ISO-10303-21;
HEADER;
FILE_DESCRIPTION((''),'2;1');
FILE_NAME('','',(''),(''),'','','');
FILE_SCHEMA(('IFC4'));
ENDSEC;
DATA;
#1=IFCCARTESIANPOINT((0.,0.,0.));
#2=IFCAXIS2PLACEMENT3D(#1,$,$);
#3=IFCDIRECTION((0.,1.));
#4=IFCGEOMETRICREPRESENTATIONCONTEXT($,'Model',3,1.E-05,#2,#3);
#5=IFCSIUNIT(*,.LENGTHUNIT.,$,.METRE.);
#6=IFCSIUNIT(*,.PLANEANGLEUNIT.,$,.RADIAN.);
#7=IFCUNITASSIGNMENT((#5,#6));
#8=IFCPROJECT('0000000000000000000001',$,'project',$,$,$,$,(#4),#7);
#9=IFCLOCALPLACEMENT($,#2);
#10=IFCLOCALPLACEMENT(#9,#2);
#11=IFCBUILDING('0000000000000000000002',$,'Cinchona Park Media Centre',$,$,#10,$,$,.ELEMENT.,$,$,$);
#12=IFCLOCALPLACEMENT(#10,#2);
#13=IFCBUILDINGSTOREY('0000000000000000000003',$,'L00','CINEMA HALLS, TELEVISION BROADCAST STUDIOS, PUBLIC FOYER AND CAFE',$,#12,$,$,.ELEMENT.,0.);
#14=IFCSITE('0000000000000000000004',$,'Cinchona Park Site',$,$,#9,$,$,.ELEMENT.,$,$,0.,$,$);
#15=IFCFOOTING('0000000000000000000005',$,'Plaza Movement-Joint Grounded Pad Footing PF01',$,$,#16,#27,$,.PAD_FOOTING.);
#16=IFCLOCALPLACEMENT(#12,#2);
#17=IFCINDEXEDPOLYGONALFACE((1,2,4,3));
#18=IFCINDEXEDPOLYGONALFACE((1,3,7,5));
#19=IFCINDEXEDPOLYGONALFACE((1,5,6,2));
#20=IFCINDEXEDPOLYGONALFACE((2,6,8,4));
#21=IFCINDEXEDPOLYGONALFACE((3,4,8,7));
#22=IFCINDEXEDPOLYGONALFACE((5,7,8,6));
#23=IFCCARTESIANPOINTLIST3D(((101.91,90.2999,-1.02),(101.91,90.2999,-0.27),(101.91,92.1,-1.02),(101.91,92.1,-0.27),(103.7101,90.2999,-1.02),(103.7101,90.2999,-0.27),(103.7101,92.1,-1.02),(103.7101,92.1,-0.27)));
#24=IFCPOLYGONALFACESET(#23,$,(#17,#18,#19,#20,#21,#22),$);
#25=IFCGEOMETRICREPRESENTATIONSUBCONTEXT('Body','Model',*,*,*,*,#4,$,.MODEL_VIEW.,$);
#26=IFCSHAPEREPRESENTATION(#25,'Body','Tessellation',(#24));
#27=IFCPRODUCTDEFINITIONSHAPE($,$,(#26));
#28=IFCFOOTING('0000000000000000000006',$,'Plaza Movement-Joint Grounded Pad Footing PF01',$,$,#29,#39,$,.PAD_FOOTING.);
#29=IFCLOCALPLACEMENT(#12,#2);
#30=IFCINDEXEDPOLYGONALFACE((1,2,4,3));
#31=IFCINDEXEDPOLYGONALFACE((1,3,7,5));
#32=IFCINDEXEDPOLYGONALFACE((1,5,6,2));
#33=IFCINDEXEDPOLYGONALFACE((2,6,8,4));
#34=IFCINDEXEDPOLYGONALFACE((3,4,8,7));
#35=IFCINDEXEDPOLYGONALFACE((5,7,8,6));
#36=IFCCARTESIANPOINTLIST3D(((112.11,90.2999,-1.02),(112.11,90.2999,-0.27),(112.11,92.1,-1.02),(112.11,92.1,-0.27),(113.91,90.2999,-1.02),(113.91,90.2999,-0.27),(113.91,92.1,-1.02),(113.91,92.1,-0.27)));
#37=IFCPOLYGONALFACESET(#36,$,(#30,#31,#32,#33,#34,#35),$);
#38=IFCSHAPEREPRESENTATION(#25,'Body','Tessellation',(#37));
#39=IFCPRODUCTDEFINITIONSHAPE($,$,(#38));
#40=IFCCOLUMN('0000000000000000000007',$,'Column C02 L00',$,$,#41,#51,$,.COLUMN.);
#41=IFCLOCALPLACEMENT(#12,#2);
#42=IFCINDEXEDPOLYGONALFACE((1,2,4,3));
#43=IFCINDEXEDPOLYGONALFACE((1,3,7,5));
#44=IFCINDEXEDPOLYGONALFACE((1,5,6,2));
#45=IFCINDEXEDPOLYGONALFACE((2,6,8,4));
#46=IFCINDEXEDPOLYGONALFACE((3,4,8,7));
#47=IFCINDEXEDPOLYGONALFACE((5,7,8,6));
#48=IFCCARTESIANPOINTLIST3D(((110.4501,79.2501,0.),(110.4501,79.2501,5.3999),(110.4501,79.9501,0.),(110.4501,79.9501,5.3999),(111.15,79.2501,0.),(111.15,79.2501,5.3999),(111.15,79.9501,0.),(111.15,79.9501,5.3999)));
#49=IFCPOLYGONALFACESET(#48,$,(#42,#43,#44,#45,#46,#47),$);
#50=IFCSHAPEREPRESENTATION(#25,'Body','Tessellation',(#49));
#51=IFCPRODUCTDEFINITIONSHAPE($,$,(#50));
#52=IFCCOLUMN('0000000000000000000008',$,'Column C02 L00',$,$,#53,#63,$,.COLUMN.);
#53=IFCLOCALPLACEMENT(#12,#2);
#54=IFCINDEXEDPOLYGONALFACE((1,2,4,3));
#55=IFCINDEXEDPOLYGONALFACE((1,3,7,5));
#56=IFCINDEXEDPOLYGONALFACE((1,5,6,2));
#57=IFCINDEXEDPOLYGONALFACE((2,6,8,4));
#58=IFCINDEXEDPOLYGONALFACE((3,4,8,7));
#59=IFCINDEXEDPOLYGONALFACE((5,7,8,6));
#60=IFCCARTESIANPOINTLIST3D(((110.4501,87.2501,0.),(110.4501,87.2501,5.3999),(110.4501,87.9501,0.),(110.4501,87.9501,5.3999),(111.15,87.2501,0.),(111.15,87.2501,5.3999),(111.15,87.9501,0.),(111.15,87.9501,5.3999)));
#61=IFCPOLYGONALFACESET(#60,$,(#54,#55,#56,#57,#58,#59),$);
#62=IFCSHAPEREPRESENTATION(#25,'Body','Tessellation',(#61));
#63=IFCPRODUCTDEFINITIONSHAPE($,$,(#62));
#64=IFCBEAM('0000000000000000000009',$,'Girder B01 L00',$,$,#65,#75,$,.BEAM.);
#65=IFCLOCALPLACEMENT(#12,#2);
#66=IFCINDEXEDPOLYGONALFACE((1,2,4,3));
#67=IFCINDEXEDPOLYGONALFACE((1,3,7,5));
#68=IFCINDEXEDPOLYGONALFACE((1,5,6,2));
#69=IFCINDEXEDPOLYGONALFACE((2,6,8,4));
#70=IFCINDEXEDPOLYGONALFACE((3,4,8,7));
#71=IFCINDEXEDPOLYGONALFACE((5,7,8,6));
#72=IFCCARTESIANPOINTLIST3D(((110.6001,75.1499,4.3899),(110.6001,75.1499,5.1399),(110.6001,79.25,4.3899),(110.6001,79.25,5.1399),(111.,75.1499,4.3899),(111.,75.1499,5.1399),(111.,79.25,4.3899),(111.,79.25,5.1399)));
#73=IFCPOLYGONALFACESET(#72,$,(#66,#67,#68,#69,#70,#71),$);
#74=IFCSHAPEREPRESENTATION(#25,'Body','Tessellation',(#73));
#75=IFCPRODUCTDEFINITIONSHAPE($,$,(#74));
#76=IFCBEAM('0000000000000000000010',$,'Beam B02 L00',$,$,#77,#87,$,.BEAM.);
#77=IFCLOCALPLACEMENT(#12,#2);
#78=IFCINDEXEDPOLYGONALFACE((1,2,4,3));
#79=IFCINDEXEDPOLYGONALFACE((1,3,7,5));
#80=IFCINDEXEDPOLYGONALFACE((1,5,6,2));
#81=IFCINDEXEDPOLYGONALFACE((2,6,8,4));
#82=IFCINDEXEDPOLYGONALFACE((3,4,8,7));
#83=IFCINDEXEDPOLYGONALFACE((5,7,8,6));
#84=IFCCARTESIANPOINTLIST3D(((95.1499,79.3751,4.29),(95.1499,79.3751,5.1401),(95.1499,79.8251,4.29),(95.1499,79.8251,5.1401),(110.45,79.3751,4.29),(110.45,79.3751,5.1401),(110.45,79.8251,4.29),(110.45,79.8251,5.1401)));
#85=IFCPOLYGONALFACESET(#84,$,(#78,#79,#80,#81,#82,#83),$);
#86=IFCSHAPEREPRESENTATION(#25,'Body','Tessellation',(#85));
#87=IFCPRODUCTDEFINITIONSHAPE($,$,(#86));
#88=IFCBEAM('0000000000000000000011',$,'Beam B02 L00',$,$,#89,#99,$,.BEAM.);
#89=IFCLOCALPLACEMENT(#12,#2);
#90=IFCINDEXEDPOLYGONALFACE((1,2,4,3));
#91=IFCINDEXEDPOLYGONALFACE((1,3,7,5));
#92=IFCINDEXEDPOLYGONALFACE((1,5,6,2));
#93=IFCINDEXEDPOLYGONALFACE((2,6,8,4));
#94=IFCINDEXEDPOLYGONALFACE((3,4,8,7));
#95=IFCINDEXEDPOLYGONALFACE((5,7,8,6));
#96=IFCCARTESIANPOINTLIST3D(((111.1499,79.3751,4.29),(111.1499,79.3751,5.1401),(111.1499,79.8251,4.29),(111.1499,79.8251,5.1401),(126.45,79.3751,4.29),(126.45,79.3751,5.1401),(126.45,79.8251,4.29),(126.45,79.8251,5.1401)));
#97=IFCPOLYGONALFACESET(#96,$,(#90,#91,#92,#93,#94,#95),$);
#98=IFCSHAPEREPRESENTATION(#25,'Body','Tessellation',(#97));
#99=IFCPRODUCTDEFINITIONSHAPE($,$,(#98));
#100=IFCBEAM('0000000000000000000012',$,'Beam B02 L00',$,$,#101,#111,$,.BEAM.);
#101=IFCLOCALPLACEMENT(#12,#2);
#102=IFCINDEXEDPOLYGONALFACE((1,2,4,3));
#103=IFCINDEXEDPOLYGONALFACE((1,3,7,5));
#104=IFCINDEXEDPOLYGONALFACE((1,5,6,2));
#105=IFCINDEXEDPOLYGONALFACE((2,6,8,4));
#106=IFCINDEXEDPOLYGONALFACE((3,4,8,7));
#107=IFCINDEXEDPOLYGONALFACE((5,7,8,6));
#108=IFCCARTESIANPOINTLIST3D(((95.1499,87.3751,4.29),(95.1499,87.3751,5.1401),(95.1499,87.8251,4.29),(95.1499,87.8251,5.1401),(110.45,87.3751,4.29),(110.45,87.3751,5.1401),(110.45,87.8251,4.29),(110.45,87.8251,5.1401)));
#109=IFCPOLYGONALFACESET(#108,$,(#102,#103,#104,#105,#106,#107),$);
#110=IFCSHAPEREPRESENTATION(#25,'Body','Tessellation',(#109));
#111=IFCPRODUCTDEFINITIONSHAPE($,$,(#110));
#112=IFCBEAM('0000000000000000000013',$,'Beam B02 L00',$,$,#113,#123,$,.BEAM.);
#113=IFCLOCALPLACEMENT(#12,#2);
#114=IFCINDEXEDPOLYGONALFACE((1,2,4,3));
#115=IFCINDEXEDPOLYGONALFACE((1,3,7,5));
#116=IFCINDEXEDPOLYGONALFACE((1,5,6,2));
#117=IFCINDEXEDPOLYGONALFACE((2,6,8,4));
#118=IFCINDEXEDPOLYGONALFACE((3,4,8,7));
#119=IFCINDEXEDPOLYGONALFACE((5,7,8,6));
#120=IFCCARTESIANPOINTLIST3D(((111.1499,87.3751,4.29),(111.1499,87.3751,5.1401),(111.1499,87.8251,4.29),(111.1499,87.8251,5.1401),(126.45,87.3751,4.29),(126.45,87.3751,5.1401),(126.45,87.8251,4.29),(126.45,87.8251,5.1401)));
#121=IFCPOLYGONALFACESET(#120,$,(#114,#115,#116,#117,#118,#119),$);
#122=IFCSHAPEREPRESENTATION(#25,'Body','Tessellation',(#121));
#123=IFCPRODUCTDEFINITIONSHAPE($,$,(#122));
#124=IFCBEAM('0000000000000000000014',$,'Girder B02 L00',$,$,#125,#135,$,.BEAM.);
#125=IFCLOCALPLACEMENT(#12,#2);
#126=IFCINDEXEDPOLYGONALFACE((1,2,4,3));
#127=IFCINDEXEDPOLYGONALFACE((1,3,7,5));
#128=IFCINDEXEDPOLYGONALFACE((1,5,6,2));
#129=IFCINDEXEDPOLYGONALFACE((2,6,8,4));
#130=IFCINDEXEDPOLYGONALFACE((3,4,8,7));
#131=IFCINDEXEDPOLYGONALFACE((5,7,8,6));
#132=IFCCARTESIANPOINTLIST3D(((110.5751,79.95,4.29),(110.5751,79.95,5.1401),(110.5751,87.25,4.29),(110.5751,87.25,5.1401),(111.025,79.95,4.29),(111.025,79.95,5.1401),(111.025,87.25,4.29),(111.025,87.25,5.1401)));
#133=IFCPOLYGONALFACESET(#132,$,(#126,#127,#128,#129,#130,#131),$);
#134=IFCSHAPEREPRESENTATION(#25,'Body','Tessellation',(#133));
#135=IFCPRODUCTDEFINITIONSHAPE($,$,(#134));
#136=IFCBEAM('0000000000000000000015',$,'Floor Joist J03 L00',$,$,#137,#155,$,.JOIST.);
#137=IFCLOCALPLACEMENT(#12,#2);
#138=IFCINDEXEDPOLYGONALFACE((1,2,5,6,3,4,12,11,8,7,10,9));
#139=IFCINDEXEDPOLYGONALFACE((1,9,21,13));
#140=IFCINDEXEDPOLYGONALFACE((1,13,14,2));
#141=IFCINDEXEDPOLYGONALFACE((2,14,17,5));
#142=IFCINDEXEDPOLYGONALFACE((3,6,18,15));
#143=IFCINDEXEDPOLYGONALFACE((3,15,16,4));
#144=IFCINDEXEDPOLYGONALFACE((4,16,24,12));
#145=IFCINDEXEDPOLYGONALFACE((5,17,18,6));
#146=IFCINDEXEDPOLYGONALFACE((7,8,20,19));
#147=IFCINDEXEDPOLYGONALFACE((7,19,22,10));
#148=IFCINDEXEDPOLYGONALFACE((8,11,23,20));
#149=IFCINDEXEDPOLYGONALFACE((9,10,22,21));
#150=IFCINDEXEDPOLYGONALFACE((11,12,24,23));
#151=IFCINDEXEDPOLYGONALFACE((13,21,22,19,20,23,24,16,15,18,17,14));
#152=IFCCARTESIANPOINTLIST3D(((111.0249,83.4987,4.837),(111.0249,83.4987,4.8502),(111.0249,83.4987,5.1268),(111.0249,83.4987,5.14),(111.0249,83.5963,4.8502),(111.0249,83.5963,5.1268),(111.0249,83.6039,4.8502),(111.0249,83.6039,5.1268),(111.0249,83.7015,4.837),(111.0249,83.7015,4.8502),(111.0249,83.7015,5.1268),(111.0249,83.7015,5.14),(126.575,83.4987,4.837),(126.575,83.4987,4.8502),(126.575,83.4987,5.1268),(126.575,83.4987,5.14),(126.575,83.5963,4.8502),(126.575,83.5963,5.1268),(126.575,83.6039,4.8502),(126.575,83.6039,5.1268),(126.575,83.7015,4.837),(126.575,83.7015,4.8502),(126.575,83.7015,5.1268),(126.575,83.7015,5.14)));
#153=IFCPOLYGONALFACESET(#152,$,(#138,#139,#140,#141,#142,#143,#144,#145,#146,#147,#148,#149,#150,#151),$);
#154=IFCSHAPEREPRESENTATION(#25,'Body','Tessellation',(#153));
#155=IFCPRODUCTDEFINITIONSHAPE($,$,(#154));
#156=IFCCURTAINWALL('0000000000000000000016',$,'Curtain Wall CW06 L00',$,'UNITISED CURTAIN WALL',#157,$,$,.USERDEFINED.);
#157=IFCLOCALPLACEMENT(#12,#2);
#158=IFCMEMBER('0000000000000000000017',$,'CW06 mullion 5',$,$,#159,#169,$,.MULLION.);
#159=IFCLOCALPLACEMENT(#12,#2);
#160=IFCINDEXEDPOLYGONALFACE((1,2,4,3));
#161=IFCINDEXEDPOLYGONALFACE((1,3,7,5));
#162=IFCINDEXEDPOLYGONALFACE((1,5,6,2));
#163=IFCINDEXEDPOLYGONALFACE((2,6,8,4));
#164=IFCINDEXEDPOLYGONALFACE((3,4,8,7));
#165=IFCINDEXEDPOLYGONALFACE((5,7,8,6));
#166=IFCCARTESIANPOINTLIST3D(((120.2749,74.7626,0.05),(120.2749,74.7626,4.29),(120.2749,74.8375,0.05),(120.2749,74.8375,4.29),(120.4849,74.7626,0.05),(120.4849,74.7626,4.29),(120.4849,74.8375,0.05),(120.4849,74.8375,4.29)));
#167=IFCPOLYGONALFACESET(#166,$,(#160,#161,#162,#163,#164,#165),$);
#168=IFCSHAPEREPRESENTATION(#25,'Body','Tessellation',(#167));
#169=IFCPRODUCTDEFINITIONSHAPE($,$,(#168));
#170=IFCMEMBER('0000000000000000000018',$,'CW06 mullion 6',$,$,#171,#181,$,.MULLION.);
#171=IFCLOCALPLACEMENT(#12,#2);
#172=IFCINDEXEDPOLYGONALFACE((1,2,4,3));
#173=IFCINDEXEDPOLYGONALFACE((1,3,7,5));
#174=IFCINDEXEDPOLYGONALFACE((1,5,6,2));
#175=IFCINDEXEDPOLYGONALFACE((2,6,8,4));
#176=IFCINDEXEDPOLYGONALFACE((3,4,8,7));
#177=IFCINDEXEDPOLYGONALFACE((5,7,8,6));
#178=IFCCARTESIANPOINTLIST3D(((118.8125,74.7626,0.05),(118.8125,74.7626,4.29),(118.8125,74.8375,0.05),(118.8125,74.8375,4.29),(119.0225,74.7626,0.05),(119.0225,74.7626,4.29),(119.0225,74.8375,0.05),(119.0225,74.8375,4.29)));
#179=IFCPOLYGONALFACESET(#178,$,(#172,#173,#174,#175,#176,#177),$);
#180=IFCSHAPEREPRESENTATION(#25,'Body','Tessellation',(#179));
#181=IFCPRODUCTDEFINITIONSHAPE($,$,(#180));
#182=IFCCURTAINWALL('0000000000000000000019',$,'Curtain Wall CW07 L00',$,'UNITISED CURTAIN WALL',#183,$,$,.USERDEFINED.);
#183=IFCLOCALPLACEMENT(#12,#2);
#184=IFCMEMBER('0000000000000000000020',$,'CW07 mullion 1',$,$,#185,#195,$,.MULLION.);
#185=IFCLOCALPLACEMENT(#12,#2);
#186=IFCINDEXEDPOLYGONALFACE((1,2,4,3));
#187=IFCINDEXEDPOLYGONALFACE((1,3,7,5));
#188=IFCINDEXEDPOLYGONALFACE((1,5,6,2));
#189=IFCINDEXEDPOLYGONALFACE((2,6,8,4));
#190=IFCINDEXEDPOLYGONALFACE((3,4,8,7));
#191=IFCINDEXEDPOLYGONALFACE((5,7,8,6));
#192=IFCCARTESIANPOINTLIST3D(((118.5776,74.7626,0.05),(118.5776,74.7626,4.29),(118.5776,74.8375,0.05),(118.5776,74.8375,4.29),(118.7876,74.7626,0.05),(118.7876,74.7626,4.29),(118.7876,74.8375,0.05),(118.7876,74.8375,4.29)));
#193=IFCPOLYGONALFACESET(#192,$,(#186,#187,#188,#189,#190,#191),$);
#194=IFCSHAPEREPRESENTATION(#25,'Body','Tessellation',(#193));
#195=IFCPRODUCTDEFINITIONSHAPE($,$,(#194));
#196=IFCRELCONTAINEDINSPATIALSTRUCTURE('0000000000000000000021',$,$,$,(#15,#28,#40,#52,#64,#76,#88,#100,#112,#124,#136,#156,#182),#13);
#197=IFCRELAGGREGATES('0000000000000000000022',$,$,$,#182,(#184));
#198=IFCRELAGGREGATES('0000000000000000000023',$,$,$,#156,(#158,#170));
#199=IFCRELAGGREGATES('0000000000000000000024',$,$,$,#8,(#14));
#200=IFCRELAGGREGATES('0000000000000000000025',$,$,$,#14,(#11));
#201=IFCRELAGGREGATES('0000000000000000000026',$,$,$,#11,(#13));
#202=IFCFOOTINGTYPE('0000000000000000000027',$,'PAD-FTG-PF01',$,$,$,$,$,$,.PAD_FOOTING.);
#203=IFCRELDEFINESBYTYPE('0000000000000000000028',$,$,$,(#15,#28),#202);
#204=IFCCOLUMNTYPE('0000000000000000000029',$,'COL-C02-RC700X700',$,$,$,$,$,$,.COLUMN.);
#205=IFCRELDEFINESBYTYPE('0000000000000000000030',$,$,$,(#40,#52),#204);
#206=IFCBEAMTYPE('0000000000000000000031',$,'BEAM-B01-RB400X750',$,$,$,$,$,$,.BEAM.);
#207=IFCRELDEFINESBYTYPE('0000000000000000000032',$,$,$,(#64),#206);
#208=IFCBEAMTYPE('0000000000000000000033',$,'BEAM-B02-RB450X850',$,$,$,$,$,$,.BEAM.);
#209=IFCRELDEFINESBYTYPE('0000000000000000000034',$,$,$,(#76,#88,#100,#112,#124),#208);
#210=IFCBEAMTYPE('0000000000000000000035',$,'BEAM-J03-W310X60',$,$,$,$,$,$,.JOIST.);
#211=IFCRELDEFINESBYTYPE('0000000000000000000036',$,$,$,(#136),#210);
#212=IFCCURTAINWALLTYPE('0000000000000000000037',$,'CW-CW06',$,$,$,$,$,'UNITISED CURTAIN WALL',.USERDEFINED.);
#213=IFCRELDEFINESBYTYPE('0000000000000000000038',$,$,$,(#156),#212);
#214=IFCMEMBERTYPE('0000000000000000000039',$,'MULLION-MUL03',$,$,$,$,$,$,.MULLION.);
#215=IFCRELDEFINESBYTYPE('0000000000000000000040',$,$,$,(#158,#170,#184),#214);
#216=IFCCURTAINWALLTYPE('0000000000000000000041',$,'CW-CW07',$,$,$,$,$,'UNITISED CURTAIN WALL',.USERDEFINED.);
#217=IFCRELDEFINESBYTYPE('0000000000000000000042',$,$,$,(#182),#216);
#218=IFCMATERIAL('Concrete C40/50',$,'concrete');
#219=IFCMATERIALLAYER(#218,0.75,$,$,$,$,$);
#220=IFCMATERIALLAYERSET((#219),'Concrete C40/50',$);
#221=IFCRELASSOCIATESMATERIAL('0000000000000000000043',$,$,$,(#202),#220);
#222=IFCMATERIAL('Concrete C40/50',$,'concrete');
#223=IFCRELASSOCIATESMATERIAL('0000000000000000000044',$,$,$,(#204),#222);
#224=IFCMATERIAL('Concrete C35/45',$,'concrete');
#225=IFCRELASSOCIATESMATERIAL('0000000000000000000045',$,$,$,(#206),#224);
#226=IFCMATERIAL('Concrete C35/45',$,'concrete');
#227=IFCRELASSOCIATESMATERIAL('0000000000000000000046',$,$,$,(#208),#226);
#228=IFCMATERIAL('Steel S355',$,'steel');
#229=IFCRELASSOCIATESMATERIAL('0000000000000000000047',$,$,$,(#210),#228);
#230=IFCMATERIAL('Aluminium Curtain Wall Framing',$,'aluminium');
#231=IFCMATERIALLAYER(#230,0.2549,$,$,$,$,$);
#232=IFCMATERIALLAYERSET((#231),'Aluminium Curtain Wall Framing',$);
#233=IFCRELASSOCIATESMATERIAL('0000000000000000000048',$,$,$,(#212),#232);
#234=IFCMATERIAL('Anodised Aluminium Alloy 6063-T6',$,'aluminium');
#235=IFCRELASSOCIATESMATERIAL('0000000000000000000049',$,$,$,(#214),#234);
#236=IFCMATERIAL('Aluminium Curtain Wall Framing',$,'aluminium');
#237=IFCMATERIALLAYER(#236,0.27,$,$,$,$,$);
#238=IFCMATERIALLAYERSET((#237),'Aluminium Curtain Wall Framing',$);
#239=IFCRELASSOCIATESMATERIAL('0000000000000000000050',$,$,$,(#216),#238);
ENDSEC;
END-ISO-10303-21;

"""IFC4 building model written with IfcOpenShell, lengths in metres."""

from ifc_helpers import new_model, si_unit, direction, frame, origin, origin_2d, place, context, subcontext, project, spatial, rectangle, i_section, extrude, material, layer, layer_set, material_profile, profile_set, type_object, element, aggregate, save


model = new_model("IFC4")

# Units and contexts
model_context = context("Model", 3, precision=1e-05, world=origin(), true_north=direction((0.0, 1.0)))
body_context = subcontext(model_context, "Body", "Model", "MODEL_VIEW")
ifc_project = project(units=[si_unit("LENGTHUNIT", "METRE"), si_unit("PLANEANGLEUNIT", "RADIAN")], contexts=[model_context])

# Site, building, storey
site_placement = place(None, origin())
site = spatial("IfcSite", under=ifc_project, at=site_placement, Name="Cinchona Park Site", CompositionType="ELEMENT", RefElevation=0.0)
building_placement = place(site_placement, origin())
building = spatial("IfcBuilding", under=site, at=building_placement, Name="Cinchona Park Media Centre", CompositionType="ELEMENT")
storey_placement = place(building_placement, origin())
storey = spatial("IfcBuildingStorey", under=building, at=storey_placement, Name="L00", Description="CINEMA HALLS, TELEVISION BROADCAST STUDIOS, PUBLIC FOYER AND CAFE", CompositionType="ELEMENT", Elevation=0.0)

# Footings
ifc_material_1 = material(Name="Concrete C40/50", Category="concrete")
ifc_layer_1 = layer(ifc_material_1, 0.75)
ifc_layer_set_1 = layer_set([ifc_layer_1], Name="Concrete C40/50")
footing_type = type_object("IfcFootingType", Name="PAD-FTG-PF01", PredefinedType="PAD_FOOTING", material=ifc_layer_set_1)
for number, where, z_axis, x_axis, name in (
    (1, (102.8101, 91.2, -1.02), (0.0, 0.0, 1.0), (1.0, 0.0, 0.0), "Plaza Movement-Joint Grounded Pad Footing PF01"),
    (2, (113.01, 91.2, -1.02), (0.0, 0.0, 1.0), (1.0, 0.0, 0.0), "Plaza Movement-Joint Grounded Pad Footing PF01"),
):
    element("IfcFooting", number, at=place(storey_placement, frame(where, z_axis=z_axis, x_axis=x_axis)), inside=storey, type_object=footing_type, Name=name, PredefinedType="PAD_FOOTING", context=body_context, shape_type="SweptSolid", body=[
        extrude(rectangle(XDim=1.8, YDim=1.8, at=origin_2d()), origin(), (0.0, 0.0, 1.0), 0.75),
    ])

# Columns
ifc_material_2 = material(Name="Concrete C40/50", Category="concrete")
ifc_material_profile_1 = material_profile(ifc_material_2, rectangle(XDim=0.7, YDim=0.7, at=origin_2d()), Name="RC 700X700")
ifc_profile_set_1 = profile_set([ifc_material_profile_1], Name="Concrete C40/50")
column_type = type_object("IfcColumnType", Name="COL-C02-RC700X700", PredefinedType="COLUMN", material=ifc_profile_set_1)
for number, where, z_axis, x_axis, name in (
    (3, (110.8, 79.6001, 0.0), (0.0, 0.0, 1.0), (1.0, 0.0, 0.0), "Column C02 L00"),
    (4, (110.8, 87.6001, 0.0), (0.0, 0.0, 1.0), (1.0, 0.0, 0.0), "Column C02 L00"),
):
    element("IfcColumn", number, at=place(storey_placement, frame(where, z_axis=z_axis, x_axis=x_axis)), inside=storey, type_object=column_type, Name=name, PredefinedType="COLUMN", context=body_context, shape_type="SweptSolid", body=[
        extrude(rectangle(XDim=0.7, YDim=0.7, at=origin_2d()), origin(), (0.0, 0.0, 1.0), 5.3999),
    ])

# Beams
ifc_material_3 = material(Name="Concrete C35/45", Category="concrete")
ifc_material_profile_2 = material_profile(ifc_material_3, rectangle(XDim=0.3999, YDim=0.75, at=origin_2d()), Name="RB 400X750")
ifc_profile_set_2 = profile_set([ifc_material_profile_2], Name="Concrete C35/45")
beam_type_1 = type_object("IfcBeamType", Name="BEAM-B01-RB400X750", PredefinedType="BEAM", material=ifc_profile_set_2)
beam_1_placement = place(storey_placement, frame((110.8, 75.1499, 4.7649), z_axis=(0.0, 1.0, 0.0), x_axis=(-1.0, 0.0, 0.0)))
element("IfcBeam", 5, at=beam_1_placement, inside=storey, type_object=beam_type_1, Name="Girder B01 L00", PredefinedType="BEAM", context=body_context, shape_type="SweptSolid", body=[
    extrude(rectangle(XDim=0.3999, YDim=0.75, at=origin_2d()), origin(), (0.0, 0.0, 1.0), 4.1001),
])
ifc_material_4 = material(Name="Concrete C35/45", Category="concrete")
ifc_material_profile_3 = material_profile(ifc_material_4, rectangle(XDim=0.45, YDim=0.8501, at=origin_2d()), Name="RB 450X850")
ifc_profile_set_3 = profile_set([ifc_material_profile_3], Name="Concrete C35/45")
beam_type_2 = type_object("IfcBeamType", Name="BEAM-B02-RB450X850", PredefinedType="BEAM", material=ifc_profile_set_3)
for number, where, z_axis, x_axis, name in (
    (6, (95.1499, 79.6001, 4.7151), (1.0, 0.0, 0.0), (0.0, 1.0, 0.0), "Beam B02 L00"),
    (7, (111.1499, 79.6001, 4.7151), (1.0, 0.0, 0.0), (0.0, 1.0, 0.0), "Beam B02 L00"),
    (8, (95.1499, 87.6001, 4.7151), (1.0, 0.0, 0.0), (0.0, 1.0, 0.0), "Beam B02 L00"),
    (9, (111.1499, 87.6001, 4.7151), (1.0, 0.0, 0.0), (0.0, 1.0, 0.0), "Beam B02 L00"),
):
    element("IfcBeam", number, at=place(storey_placement, frame(where, z_axis=z_axis, x_axis=x_axis)), inside=storey, type_object=beam_type_2, Name=name, PredefinedType="BEAM", context=body_context, shape_type="SweptSolid", body=[
        extrude(rectangle(XDim=0.45, YDim=0.8501, at=origin_2d()), origin(), (0.0, 0.0, 1.0), 15.3),
    ])
beam_2_placement = place(storey_placement, frame((110.8, 79.95, 4.7151), z_axis=(0.0, 1.0, 0.0), x_axis=(-1.0, 0.0, 0.0)))
element("IfcBeam", 10, at=beam_2_placement, inside=storey, type_object=beam_type_2, Name="Girder B02 L00", PredefinedType="BEAM", context=body_context, shape_type="SweptSolid", body=[
    extrude(rectangle(XDim=0.45, YDim=0.8501, at=origin_2d()), origin(), (0.0, 0.0, 1.0), 7.3),
])
ifc_material_5 = material(Name="Steel S355", Category="steel")
ifc_material_profile_4 = material_profile(ifc_material_5, i_section(OverallWidth=0.2029, OverallDepth=0.303, WebThickness=0.0076, FlangeThickness=0.0132, at=origin_2d()), Name="W310X60")
ifc_profile_set_4 = profile_set([ifc_material_profile_4], Name="Steel S355")
beam_type_3 = type_object("IfcBeamType", Name="BEAM-J03-W310X60", PredefinedType="JOIST", material=ifc_profile_set_4)
beam_3_placement = place(storey_placement, frame((111.0249, 83.6001, 4.9885), z_axis=(1.0, 0.0, 0.0), x_axis=(0.0, 1.0, 0.0)))
element("IfcBeam", 11, at=beam_3_placement, inside=storey, type_object=beam_type_3, Name="Floor Joist J03 L00", PredefinedType="JOIST", context=body_context, shape_type="SweptSolid", body=[
    extrude(i_section(OverallWidth=0.2029, OverallDepth=0.303, WebThickness=0.0076, FlangeThickness=0.0132, at=origin_2d()), origin(), (0.0, 0.0, 1.0), 15.55),
])

# Curtain wall, members
ifc_material_6 = material(Name="Aluminium Curtain Wall Framing", Category="aluminium")
ifc_layer_2 = layer(ifc_material_6, 0.2549)
ifc_layer_set_2 = layer_set([ifc_layer_2], Name="Aluminium Curtain Wall Framing")
curtain_wall_type_1 = type_object("IfcCurtainWallType", Name="CW-CW06", ElementType="UNITISED CURTAIN WALL", PredefinedType="USERDEFINED", material=ifc_layer_set_2)
curtain_wall_1_placement = place(storey_placement, origin())
curtain_wall_1 = element("IfcCurtainWall", 12, at=curtain_wall_1_placement, inside=storey, type_object=curtain_wall_type_1, Name="Curtain Wall CW06 L00", ObjectType="UNITISED CURTAIN WALL", PredefinedType="USERDEFINED")
ifc_material_7 = material(Name="Anodised Aluminium Alloy 6063-T6", Category="aluminium")
ifc_material_profile_5 = material_profile(ifc_material_7, rectangle(XDim=0.075, YDim=0.21, at=origin_2d()), Name="MUL-75X210")
ifc_profile_set_5 = profile_set([ifc_material_profile_5], Name="Anodised Aluminium Alloy 6063-T6")
member_type_1 = type_object("IfcMemberType", Name="MULLION-MUL03", PredefinedType="MULLION", material=ifc_profile_set_5)
member_1_placement = place(storey_placement, frame((120.3799, 74.8, 0.05), z_axis=(0.0, 0.0, 1.0), x_axis=(0.0, -1.0, 0.0)))
member_1 = element("IfcMember", 13, at=member_1_placement, type_object=member_type_1, Name="CW06 mullion 5", PredefinedType="MULLION", context=body_context, shape_type="SweptSolid", body=[
    extrude(rectangle(XDim=0.075, YDim=0.21, at=origin_2d()), origin(), (0.0, 0.0, 1.0), 4.24),
])
member_2_placement = place(storey_placement, frame((118.9175, 74.8, 0.05), z_axis=(0.0, 0.0, 1.0), x_axis=(0.0, -1.0, 0.0)))
member_2 = element("IfcMember", 14, at=member_2_placement, type_object=member_type_1, Name="CW06 mullion 6", PredefinedType="MULLION", context=body_context, shape_type="SweptSolid", body=[
    extrude(rectangle(XDim=0.075, YDim=0.21, at=origin_2d()), origin(), (0.0, 0.0, 1.0), 4.24),
])

# Curtain wall, member
ifc_material_8 = material(Name="Aluminium Curtain Wall Framing", Category="aluminium")
ifc_layer_3 = layer(ifc_material_8, 0.27)
ifc_layer_set_3 = layer_set([ifc_layer_3], Name="Aluminium Curtain Wall Framing")
curtain_wall_type_2 = type_object("IfcCurtainWallType", Name="CW-CW07", ElementType="UNITISED CURTAIN WALL", PredefinedType="USERDEFINED", material=ifc_layer_set_3)
curtain_wall_2_placement = place(storey_placement, origin())
curtain_wall_2 = element("IfcCurtainWall", 15, at=curtain_wall_2_placement, inside=storey, type_object=curtain_wall_type_2, Name="Curtain Wall CW07 L00", ObjectType="UNITISED CURTAIN WALL", PredefinedType="USERDEFINED")
member_3_placement = place(storey_placement, frame((118.6826, 74.8, 0.05), z_axis=(0.0, 0.0, 1.0), x_axis=(0.0, -1.0, 0.0)))
member_3 = element("IfcMember", 16, at=member_3_placement, type_object=member_type_1, Name="CW07 mullion 1", PredefinedType="MULLION", context=body_context, shape_type="SweptSolid", body=[
    extrude(rectangle(XDim=0.075, YDim=0.21, at=origin_2d()), origin(), (0.0, 0.0, 1.0), 4.24),
])
aggregate(curtain_wall_2, [member_3])

aggregate(curtain_wall_1, [member_1, member_2])

save(model, "model.ifc")
